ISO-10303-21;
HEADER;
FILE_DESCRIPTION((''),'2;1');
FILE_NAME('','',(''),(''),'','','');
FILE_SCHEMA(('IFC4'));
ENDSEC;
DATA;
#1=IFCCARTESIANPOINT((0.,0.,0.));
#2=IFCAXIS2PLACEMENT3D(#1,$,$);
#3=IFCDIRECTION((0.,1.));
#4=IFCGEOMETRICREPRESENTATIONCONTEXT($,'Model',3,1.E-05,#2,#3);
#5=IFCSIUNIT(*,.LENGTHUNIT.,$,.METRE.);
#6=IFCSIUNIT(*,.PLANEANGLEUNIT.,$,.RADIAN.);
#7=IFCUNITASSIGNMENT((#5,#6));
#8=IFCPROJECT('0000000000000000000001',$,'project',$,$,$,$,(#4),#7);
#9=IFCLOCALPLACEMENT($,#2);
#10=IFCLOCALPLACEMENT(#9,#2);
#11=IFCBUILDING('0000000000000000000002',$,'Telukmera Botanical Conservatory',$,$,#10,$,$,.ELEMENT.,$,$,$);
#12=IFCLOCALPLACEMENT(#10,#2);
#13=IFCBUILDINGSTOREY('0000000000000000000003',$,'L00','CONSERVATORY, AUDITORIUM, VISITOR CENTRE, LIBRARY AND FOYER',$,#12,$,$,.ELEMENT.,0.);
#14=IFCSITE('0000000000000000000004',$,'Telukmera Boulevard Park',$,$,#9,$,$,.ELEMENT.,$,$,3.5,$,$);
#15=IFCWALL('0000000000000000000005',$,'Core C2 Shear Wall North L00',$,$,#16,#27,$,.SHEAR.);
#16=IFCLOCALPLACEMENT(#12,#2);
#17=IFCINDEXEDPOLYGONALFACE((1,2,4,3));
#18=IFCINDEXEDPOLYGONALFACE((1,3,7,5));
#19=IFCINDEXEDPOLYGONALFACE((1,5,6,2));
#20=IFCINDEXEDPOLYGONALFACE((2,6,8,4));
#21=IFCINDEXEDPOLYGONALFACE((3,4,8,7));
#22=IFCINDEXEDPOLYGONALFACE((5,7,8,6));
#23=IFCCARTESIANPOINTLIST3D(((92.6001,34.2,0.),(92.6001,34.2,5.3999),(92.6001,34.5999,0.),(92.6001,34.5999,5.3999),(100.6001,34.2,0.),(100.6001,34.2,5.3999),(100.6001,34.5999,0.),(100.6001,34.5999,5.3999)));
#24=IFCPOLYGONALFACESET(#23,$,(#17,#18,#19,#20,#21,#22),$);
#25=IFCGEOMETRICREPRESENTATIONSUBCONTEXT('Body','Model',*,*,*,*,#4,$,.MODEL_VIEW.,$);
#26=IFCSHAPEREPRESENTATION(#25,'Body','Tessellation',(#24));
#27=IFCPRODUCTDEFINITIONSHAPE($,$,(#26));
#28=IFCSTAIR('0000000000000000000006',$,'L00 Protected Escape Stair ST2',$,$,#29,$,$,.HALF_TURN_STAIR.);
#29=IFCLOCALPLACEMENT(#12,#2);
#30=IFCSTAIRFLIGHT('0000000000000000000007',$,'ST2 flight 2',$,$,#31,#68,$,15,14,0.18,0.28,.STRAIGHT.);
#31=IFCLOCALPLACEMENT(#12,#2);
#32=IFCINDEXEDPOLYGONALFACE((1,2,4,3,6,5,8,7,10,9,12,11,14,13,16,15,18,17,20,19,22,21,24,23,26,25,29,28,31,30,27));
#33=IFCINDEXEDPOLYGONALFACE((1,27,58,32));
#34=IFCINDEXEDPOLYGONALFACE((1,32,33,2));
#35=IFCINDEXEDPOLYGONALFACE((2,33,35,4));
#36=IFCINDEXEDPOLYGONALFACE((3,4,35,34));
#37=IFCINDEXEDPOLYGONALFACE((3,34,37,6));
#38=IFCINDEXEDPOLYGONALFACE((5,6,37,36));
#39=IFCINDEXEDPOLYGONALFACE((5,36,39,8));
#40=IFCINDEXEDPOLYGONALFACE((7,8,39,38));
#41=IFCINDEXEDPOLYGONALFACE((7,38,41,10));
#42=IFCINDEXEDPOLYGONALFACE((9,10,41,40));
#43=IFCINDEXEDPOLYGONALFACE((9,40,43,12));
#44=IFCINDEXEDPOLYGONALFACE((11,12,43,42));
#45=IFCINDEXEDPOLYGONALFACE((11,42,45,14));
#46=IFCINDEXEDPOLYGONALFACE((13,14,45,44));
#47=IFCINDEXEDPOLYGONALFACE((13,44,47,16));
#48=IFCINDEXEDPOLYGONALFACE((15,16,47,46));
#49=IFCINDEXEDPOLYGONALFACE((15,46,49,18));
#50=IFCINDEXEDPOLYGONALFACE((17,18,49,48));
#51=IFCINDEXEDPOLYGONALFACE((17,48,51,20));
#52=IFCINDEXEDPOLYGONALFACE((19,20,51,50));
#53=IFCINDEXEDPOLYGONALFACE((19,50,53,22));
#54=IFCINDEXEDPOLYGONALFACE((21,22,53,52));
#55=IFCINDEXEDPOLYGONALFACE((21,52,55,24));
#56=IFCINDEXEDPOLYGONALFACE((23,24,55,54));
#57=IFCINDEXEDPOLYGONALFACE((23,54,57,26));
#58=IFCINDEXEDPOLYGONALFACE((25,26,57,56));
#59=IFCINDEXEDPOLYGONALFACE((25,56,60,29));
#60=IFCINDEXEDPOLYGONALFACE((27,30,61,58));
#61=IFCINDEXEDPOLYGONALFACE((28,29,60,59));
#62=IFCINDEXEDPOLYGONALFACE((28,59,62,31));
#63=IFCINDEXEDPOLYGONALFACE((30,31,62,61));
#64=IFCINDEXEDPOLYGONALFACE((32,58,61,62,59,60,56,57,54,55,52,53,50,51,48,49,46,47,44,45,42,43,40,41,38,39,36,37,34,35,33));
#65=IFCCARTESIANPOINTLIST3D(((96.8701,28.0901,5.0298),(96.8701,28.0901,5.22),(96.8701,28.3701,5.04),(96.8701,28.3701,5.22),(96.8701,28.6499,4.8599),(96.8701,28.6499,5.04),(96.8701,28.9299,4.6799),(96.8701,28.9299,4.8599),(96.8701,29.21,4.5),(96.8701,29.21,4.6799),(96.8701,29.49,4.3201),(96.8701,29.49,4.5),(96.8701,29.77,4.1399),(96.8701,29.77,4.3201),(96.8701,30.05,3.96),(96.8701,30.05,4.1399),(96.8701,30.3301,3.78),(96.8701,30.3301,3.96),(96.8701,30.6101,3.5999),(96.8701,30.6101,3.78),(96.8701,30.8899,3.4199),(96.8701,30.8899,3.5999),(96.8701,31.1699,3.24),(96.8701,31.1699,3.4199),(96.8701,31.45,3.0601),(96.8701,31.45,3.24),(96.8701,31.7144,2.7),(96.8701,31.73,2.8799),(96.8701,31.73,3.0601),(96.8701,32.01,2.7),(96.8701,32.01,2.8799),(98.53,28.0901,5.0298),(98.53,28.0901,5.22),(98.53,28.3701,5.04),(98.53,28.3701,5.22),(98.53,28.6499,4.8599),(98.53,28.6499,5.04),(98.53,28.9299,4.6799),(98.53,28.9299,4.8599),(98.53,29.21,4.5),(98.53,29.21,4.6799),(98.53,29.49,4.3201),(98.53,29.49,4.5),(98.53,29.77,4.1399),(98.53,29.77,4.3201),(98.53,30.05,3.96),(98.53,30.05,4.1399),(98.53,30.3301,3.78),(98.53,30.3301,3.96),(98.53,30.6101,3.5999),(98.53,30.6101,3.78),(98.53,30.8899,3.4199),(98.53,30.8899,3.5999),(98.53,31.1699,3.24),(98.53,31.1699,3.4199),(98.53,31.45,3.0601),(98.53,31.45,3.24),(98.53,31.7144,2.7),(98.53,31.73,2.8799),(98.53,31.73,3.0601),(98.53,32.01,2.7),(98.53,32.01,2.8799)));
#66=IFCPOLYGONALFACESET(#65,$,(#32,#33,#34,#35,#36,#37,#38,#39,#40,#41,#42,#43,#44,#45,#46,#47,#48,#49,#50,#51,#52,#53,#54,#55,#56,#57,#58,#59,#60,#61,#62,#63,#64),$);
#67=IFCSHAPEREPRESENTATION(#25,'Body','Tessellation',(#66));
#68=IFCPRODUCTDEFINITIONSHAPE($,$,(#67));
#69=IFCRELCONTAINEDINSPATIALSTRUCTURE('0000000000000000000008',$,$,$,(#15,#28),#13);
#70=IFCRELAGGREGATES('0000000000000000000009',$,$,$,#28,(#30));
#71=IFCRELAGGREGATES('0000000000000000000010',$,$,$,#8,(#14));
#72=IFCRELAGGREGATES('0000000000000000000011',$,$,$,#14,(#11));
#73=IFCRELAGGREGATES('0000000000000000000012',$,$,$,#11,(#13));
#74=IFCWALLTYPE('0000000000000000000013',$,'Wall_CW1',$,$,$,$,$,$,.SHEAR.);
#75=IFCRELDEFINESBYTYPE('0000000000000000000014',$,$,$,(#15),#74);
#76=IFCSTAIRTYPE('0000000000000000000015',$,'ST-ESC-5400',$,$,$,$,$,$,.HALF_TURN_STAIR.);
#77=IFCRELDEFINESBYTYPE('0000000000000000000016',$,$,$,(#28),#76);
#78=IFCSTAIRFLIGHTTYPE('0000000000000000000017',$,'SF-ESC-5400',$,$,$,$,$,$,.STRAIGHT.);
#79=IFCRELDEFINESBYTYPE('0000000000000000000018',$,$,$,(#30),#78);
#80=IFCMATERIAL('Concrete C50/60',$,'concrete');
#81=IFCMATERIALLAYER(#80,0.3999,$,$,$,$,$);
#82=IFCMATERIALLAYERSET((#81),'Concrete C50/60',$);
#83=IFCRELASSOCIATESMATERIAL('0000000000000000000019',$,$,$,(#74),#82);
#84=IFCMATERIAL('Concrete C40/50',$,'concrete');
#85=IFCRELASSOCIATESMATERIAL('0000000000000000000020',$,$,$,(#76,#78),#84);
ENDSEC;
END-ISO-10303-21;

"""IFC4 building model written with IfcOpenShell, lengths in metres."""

from ifc_helpers import new_model, si_unit, direction, frame, frame_2d, origin, place, context, subcontext, project, spatial, polyline, rectangle, outline, extrude, material, layer, layer_set, type_object, element, aggregate, save


model = new_model("IFC4")

# Units and contexts
model_context = context("Model", 3, precision=1e-05, world=origin(), true_north=direction((0.0, 1.0)))
body_context = subcontext(model_context, "Body", "Model", "MODEL_VIEW")
ifc_project = project(units=[si_unit("LENGTHUNIT", "METRE"), si_unit("PLANEANGLEUNIT", "RADIAN")], contexts=[model_context])

# Site, building, storey
site_placement = place(None, origin())
site = spatial("IfcSite", under=ifc_project, at=site_placement, Name="Telukmera Boulevard Park", CompositionType="ELEMENT", RefElevation=3.5)
building_placement = place(site_placement, origin())
building = spatial("IfcBuilding", under=site, at=building_placement, Name="Telukmera Botanical Conservatory", CompositionType="ELEMENT")
storey_placement = place(building_placement, origin())
storey = spatial("IfcBuildingStorey", under=building, at=storey_placement, Name="L00", Description="CONSERVATORY, AUDITORIUM, VISITOR CENTRE, LIBRARY AND FOYER", CompositionType="ELEMENT", Elevation=0.0)

# Shared definitions
ifc_material_1 = material(Name="Concrete C50/60", Category="concrete")

# Shared definitions
ifc_material_2 = material(Name="Concrete C40/50", Category="concrete")

# Wall
ifc_layer_1 = layer(ifc_material_1, 0.3999)
ifc_layer_set_1 = layer_set([ifc_layer_1], Name="Concrete C50/60")
wall_type_1 = type_object("IfcWallType", Name="Wall_CW1", PredefinedType="SHEAR", material=ifc_layer_set_1)
wall_1_placement = place(storey_placement, frame((92.6001, 34.3999, 0.0), z_axis=(0.0, 0.0, 1.0), x_axis=(1.0, 0.0, 0.0)))
element("IfcWall", 1, at=wall_1_placement, inside=storey, type_object=wall_type_1, Name="Core C2 Shear Wall North L00", PredefinedType="SHEAR", context=body_context, shape_type="SweptSolid", body=[
    extrude(rectangle(XDim=8.0, YDim=0.3999, at=frame_2d((4.0, 0.0))), origin(), (0.0, 0.0, 1.0), 5.3999),
])

# Stair, stair flight
stair_type = type_object("IfcStairType", Name="ST-ESC-5400", PredefinedType="HALF_TURN_STAIR", material=ifc_material_2)
stair_placement = place(storey_placement, origin())
stair = element("IfcStair", 2, at=stair_placement, inside=storey, type_object=stair_type, Name="L00 Protected Escape Stair ST2", PredefinedType="HALF_TURN_STAIR")
stair_flight_type = type_object("IfcStairFlightType", Name="SF-ESC-5400", PredefinedType="STRAIGHT", material=ifc_material_2)
stair_flight_placement = place(storey_placement, frame((97.7, 32.01, 2.7), z_axis=(0.0, 0.0, 1.0), x_axis=(0.0, -1.0, 0.0)))
stair_flight = element("IfcStairFlight", 3, at=stair_flight_placement, type_object=stair_flight_type, Name="ST2 flight 2", NumberOfRisers=15, NumberOfTreads=14, PredefinedType="STRAIGHT", RiserHeight=0.18, TreadLength=0.28, context=body_context, shape_type="SweptSolid", body=[
    extrude(outline(polyline([(0.0, 0.0), (0.0, 0.1799), (0.28, 0.1799), (0.28, 0.3601), (0.5601, 0.3601), (0.5601, 0.54), (0.8401, 0.54), (0.8401, 0.72), (1.1201, 0.72), (1.1201, 0.8999), (1.3999, 0.8999), (1.3999, 1.0801), (1.6799, 1.0801), (1.6799, 1.26), (1.96, 1.26), (1.96, 1.4399), (2.24, 1.4399), (2.24, 1.6201), (2.52, 1.6201), (2.52, 1.8), (2.8, 1.8), (2.8, 1.98), (3.0801, 1.98), (3.0801, 2.1599), (3.3601, 2.1599), (3.3601, 2.3401), (3.6399, 2.3401), (3.6399, 2.52), (3.9199, 2.52), (3.9199, 2.7), (3.9199, 2.3298), (0.2957, 0.0), (0.0, 0.0)])), frame((0.0, 0.8301, 0.0), z_axis=(0.0, -1.0, 0.0), x_axis=(1.0, 0.0, 0.0)), (0.0, 0.0, 1.0), 1.6599),
])
aggregate(stair, [stair_flight])

save(model, "model.ifc")
